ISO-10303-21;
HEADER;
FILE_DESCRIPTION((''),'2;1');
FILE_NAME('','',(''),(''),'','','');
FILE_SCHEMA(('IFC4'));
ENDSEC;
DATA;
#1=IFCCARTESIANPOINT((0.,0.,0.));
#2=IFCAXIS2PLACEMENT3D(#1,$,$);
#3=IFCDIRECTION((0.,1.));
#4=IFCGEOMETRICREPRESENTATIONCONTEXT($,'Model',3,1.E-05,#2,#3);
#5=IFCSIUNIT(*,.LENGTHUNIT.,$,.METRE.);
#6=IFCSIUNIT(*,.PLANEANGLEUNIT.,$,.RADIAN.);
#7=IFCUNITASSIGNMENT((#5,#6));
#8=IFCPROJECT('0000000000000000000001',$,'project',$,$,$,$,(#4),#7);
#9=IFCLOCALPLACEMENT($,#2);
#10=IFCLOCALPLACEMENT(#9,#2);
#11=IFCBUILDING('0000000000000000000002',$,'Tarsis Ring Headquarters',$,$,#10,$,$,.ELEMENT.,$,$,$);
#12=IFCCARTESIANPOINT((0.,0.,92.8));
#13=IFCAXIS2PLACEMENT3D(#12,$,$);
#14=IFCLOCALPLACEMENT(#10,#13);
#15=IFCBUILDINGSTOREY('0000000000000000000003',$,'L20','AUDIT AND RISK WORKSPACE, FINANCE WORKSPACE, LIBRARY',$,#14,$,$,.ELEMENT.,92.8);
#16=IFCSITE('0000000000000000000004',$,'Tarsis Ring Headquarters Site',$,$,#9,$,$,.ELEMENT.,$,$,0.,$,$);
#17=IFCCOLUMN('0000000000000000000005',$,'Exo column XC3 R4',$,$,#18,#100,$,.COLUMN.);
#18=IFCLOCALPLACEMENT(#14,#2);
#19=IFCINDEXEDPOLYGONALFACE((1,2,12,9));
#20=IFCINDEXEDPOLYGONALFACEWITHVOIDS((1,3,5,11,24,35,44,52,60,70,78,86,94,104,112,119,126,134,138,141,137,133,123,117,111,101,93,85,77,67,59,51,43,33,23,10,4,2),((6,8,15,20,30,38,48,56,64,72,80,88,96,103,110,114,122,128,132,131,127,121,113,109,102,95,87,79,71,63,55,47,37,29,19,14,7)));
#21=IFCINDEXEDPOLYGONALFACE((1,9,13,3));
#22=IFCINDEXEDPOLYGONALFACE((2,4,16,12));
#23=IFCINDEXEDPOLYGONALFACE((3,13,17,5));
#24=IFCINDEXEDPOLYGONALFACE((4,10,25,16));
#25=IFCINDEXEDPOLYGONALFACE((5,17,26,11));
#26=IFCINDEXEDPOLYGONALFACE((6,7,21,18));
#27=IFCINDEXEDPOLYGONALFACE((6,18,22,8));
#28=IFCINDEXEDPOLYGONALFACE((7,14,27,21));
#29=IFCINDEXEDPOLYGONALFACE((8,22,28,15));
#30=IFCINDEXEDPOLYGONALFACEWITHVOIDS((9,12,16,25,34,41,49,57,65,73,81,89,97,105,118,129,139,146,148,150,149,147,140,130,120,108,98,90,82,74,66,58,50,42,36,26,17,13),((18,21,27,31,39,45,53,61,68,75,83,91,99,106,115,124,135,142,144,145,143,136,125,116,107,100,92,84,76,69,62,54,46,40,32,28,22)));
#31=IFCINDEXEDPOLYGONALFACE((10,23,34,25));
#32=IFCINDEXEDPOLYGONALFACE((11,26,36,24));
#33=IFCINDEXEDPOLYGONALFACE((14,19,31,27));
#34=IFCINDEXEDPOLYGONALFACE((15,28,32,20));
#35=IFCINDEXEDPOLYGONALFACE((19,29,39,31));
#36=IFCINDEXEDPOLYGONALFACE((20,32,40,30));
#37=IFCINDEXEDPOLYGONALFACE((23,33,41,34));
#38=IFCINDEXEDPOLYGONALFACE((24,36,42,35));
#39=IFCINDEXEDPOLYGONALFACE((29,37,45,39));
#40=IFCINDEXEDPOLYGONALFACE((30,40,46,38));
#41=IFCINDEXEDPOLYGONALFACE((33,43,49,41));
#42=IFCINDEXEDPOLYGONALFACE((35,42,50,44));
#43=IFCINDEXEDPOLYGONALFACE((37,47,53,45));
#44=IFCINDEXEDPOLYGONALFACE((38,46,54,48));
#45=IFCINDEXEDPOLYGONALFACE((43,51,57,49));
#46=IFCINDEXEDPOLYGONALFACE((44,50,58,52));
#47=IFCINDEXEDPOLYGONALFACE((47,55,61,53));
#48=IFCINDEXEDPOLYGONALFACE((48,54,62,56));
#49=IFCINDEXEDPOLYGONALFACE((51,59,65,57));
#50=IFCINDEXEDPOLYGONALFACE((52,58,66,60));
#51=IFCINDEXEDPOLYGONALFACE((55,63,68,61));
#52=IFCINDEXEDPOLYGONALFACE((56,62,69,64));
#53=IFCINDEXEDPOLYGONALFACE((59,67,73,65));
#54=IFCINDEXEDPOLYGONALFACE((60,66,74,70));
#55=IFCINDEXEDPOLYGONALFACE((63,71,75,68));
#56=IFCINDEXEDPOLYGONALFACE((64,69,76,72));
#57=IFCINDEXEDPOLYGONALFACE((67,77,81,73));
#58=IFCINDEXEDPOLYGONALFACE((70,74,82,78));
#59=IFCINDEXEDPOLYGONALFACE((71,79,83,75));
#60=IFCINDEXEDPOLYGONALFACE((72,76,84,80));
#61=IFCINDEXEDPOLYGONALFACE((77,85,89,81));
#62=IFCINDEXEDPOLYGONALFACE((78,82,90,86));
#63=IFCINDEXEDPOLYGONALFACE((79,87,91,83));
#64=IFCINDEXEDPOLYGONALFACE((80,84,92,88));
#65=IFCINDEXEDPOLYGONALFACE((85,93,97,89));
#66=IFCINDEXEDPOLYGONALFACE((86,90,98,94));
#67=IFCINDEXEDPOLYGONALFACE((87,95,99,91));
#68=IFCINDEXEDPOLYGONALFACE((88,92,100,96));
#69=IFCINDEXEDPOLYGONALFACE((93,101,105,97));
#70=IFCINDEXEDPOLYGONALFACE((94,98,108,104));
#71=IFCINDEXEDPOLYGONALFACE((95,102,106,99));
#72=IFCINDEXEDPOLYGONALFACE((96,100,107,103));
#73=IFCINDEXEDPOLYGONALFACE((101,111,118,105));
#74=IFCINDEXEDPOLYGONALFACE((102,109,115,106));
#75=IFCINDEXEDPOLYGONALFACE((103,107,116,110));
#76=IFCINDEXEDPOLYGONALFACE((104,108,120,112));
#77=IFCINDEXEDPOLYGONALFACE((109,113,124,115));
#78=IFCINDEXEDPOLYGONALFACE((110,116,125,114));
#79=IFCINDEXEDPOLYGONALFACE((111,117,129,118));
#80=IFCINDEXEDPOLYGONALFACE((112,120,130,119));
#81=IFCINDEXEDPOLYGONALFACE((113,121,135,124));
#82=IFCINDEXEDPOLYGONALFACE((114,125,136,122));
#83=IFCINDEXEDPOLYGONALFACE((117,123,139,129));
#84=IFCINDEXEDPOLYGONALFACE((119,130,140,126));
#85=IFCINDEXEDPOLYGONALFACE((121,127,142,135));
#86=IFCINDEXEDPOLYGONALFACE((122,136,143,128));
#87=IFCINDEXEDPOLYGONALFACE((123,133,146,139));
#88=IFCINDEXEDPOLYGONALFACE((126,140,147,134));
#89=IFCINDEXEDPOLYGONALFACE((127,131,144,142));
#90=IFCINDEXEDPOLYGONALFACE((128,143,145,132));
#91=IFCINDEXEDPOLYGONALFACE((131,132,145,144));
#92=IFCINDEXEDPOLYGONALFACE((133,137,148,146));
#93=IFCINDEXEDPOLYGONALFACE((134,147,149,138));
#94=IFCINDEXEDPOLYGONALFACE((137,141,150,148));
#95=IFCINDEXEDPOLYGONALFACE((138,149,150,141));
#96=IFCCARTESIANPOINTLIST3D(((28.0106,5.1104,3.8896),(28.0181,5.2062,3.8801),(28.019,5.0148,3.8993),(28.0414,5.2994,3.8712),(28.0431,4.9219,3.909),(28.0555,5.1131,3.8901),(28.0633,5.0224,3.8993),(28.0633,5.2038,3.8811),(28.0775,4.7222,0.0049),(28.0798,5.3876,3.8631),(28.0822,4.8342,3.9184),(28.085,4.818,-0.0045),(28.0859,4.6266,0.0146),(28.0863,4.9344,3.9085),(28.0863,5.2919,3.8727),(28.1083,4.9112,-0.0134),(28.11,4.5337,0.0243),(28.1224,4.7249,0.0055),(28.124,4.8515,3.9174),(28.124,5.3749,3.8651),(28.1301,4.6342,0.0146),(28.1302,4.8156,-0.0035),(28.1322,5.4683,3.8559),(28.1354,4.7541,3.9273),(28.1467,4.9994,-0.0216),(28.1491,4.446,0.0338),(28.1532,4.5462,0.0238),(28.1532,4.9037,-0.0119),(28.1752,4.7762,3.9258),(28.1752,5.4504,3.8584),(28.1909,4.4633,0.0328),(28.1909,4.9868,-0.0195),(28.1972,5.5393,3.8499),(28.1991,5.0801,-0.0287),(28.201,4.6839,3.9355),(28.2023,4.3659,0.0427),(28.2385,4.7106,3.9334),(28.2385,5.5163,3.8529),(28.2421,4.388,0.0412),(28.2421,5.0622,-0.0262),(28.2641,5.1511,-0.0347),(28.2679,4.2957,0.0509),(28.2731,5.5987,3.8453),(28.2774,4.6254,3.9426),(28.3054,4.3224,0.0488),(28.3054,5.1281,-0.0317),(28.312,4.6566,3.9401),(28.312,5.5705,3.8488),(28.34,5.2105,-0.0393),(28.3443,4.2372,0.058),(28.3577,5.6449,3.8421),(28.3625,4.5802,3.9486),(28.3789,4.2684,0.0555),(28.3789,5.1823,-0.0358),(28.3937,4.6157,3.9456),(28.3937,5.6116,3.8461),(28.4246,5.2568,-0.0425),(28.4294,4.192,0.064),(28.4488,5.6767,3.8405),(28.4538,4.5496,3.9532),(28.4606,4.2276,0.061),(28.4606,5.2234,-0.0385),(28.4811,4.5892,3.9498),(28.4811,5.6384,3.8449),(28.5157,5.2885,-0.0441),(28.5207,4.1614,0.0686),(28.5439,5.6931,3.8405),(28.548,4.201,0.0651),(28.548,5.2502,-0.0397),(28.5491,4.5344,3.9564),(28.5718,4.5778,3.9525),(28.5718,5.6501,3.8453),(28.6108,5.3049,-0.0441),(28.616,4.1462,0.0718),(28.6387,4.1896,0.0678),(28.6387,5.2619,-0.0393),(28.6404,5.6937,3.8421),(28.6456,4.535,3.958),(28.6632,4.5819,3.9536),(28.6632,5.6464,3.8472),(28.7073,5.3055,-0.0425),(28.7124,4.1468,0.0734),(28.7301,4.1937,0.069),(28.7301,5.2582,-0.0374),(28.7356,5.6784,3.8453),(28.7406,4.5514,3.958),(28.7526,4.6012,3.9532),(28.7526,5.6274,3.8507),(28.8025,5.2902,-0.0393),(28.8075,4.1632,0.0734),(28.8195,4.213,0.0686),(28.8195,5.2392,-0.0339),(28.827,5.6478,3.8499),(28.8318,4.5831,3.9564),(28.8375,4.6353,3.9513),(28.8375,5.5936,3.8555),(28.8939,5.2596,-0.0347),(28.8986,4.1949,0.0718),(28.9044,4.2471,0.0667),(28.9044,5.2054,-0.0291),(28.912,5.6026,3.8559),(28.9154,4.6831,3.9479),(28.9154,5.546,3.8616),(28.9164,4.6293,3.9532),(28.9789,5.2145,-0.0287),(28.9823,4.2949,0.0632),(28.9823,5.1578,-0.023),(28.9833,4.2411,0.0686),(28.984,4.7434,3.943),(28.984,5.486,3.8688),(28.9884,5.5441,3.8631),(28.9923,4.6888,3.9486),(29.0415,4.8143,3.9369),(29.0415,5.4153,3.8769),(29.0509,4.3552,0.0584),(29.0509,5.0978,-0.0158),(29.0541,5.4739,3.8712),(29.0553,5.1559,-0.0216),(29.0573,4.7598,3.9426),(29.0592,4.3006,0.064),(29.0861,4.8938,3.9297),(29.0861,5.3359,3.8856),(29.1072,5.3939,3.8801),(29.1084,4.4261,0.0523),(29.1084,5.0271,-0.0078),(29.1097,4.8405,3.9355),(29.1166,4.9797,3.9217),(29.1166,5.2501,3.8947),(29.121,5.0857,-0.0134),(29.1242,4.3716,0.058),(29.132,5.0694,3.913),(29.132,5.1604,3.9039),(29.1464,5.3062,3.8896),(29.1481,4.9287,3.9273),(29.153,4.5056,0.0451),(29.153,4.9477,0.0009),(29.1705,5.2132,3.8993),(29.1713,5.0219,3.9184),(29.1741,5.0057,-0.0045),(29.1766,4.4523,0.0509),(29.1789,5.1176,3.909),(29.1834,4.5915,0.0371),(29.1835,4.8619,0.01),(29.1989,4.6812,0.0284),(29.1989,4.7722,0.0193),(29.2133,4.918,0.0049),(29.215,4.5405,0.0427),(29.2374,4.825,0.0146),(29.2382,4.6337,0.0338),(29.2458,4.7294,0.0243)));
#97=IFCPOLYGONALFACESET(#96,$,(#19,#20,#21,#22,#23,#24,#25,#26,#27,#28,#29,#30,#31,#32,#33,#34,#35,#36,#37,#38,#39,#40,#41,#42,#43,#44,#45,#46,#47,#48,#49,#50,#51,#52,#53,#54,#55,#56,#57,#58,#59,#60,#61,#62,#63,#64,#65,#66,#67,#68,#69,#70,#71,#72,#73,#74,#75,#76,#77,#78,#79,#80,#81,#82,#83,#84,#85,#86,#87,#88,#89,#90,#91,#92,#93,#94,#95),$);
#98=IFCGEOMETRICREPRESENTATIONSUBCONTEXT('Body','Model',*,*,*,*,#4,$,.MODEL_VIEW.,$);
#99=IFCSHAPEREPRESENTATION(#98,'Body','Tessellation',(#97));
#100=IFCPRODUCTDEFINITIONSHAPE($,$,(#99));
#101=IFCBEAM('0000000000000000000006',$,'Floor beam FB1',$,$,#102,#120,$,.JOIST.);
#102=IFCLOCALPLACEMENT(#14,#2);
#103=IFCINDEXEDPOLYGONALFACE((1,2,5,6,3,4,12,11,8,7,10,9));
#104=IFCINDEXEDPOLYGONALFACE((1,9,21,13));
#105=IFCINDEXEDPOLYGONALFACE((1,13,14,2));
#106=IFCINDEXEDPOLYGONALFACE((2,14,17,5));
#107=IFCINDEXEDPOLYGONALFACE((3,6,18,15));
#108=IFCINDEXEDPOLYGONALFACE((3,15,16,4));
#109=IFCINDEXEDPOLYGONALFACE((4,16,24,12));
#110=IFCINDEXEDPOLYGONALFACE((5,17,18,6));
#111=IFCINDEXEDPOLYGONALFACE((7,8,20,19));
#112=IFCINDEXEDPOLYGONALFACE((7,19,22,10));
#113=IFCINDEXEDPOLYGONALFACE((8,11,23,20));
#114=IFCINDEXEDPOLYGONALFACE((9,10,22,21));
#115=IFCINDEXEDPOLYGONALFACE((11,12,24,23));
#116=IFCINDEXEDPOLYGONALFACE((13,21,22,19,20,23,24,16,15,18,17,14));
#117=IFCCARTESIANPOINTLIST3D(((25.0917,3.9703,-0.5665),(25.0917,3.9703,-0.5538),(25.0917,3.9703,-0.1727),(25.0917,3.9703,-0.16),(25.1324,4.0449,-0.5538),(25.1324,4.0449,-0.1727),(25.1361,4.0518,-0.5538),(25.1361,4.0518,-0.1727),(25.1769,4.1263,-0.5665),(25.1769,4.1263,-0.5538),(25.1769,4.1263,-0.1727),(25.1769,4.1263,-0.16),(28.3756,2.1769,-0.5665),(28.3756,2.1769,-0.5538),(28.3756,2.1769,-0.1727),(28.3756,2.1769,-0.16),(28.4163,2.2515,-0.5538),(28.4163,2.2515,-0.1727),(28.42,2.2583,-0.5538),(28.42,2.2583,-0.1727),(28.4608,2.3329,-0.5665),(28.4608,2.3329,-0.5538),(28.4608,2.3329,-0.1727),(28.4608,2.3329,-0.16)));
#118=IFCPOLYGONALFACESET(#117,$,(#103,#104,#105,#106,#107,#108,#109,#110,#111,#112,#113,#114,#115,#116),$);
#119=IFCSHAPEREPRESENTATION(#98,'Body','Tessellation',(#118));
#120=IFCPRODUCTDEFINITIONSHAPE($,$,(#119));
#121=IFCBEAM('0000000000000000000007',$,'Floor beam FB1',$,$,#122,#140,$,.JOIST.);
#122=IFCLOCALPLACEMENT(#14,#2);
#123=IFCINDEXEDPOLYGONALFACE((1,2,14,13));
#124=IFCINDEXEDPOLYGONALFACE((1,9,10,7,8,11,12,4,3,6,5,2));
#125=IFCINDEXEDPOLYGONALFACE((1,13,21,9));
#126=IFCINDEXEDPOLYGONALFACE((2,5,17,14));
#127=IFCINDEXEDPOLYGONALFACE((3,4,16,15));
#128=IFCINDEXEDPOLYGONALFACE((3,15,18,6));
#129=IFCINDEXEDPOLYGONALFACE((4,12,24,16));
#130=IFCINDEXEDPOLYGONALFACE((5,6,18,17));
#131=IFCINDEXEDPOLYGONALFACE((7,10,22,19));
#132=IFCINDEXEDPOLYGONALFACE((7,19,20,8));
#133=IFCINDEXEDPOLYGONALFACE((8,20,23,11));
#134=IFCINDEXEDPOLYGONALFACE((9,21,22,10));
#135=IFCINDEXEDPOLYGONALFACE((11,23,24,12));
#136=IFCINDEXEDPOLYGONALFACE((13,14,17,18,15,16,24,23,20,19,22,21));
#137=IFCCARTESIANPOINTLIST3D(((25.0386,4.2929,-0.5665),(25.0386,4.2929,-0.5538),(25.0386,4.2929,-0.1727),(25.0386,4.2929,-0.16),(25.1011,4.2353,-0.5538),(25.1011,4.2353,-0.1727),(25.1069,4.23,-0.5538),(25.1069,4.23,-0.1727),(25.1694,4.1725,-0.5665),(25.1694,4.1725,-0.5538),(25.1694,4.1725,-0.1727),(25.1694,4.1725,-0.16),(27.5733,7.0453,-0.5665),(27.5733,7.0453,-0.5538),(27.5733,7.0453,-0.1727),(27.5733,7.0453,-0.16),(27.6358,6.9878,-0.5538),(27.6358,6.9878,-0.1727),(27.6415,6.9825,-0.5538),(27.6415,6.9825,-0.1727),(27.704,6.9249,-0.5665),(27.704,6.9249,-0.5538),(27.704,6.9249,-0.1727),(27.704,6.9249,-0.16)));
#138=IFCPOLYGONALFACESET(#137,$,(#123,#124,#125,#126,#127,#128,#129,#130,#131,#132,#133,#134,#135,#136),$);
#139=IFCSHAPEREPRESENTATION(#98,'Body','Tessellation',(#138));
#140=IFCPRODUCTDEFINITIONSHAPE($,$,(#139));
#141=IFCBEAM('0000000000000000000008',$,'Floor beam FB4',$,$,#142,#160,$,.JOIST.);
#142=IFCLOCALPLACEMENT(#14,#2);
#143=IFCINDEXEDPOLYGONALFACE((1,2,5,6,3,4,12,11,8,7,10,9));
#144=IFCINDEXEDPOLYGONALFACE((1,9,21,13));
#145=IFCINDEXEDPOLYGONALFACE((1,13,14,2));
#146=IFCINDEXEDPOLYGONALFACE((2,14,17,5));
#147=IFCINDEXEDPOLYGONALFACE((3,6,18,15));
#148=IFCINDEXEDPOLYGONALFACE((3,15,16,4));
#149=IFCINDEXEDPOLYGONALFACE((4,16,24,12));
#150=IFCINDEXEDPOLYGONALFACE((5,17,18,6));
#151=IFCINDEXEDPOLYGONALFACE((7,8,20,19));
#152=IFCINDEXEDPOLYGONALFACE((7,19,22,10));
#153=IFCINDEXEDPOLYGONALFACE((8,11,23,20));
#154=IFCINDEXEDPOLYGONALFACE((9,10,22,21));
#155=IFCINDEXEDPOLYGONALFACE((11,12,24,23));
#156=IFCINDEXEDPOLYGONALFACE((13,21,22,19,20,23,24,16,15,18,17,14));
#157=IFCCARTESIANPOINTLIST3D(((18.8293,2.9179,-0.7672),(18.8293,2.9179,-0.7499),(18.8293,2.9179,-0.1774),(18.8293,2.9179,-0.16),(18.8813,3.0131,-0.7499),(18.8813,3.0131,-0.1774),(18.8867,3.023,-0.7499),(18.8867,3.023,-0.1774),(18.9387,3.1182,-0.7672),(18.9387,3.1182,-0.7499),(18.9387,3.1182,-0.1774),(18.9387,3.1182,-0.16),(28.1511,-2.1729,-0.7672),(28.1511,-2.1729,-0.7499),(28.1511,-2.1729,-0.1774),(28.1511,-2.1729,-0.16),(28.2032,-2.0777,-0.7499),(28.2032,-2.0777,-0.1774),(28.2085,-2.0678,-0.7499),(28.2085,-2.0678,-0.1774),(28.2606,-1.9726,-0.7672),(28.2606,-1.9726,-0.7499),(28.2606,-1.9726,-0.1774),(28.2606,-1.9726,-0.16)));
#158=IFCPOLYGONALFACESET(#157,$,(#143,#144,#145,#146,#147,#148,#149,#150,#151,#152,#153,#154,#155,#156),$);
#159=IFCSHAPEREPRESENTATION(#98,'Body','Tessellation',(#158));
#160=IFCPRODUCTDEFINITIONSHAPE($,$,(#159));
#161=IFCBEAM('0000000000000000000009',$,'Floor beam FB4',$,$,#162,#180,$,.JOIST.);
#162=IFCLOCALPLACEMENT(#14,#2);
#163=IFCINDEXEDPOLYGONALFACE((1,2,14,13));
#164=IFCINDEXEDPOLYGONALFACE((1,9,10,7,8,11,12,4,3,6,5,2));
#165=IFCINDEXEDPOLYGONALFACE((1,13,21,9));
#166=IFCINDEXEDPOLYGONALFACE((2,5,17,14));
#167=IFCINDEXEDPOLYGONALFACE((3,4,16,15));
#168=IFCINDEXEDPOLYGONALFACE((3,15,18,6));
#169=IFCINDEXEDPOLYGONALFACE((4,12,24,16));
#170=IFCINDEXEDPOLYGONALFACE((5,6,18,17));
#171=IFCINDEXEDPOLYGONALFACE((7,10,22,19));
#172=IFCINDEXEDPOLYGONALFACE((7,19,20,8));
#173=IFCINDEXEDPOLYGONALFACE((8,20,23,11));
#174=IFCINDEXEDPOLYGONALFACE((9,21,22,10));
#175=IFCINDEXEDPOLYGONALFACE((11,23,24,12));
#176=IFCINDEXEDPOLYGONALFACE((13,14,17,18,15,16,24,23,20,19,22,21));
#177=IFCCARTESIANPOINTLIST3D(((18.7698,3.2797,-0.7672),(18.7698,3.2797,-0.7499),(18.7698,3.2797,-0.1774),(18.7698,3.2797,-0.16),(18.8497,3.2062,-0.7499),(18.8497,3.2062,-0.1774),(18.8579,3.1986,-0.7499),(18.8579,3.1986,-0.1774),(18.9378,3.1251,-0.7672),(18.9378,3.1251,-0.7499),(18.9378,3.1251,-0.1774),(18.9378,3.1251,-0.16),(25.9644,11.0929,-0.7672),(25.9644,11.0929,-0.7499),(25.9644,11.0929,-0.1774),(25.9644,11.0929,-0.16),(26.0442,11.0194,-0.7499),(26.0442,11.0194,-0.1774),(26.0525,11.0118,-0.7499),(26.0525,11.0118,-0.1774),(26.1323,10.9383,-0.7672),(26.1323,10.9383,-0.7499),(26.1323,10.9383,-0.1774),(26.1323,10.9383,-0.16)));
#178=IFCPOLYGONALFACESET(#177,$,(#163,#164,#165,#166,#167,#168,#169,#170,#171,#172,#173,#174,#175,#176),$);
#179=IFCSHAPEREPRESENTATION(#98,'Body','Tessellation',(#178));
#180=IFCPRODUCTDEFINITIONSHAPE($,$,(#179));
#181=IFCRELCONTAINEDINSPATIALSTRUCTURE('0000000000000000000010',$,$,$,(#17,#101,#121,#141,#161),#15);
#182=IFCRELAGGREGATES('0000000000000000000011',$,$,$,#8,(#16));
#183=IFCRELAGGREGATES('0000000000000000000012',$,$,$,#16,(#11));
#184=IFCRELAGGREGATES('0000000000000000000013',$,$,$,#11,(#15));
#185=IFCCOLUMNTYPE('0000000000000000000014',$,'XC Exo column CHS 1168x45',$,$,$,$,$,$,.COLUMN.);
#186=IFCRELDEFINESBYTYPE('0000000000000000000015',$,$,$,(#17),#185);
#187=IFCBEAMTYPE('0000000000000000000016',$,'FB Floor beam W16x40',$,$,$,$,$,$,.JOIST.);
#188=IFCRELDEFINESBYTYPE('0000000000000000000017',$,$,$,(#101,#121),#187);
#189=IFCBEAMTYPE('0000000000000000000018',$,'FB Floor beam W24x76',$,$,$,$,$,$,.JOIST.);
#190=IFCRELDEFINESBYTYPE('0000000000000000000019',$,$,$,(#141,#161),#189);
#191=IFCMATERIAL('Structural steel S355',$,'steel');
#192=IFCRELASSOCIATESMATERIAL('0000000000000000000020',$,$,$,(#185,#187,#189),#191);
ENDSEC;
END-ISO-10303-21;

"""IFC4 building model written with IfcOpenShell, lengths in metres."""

from ifc_helpers import new_model, si_unit, direction, frame, origin, origin_2d, place, context, subcontext, project, spatial, hollow_circle, i_section, extrude, material, material_profile, profile_set, type_object, element, save


model = new_model("IFC4")

# Units and contexts
model_context = context("Model", 3, precision=1e-05, world=origin(), true_north=direction((0.0, 1.0)))
body_context = subcontext(model_context, "Body", "Model", "MODEL_VIEW")
ifc_project = project(units=[si_unit("LENGTHUNIT", "METRE"), si_unit("PLANEANGLEUNIT", "RADIAN")], contexts=[model_context])

# Site, building, storey
site_placement = place(None, origin())
site = spatial("IfcSite", under=ifc_project, at=site_placement, Name="Tarsis Ring Headquarters Site", CompositionType="ELEMENT", RefElevation=0.0)
building_placement = place(site_placement, origin())
building = spatial("IfcBuilding", under=site, at=building_placement, Name="Tarsis Ring Headquarters", CompositionType="ELEMENT")
storey_placement = place(building_placement, frame((0.0, 0.0, 92.8)))
storey = spatial("IfcBuildingStorey", under=building, at=storey_placement, Name="L20", Description="AUDIT AND RISK WORKSPACE, FINANCE WORKSPACE, LIBRARY", CompositionType="ELEMENT", Elevation=92.8)

# Column
ifc_material_1 = material(Name="Structural steel S355", Category="steel")
ifc_material_profile_1 = material_profile(ifc_material_1, hollow_circle(Radius=0.5842, WallThickness=0.0449, at=origin_2d()), Name="CHS 1168x45")
ifc_profile_set_1 = profile_set([ifc_material_profile_1], Name="Structural steel S355")
column_type = type_object("IfcColumnType", Name="XC Exo column CHS 1168x45", PredefinedType="COLUMN", material=ifc_profile_set_1)
column_placement = place(storey_placement, frame((28.6616, 4.7258, 0.0146), z_axis=(-0.017133, 0.099421, 0.994898), x_axis=(-0.985474, -0.169824, 0.0)))
element("IfcColumn", 1, at=column_placement, inside=storey, type_object=column_type, Name="Exo column XC3 R4", PredefinedType="COLUMN", context=body_context, shape_type="SweptSolid", body=[
    extrude(hollow_circle(Radius=0.5842, WallThickness=0.0449, at=origin_2d()), origin(), (0.0, 0.0, 1.0), 3.9045),
])

# Beams
ifc_material_profile_2 = material_profile(ifc_material_1, i_section(OverallWidth=0.1777, OverallDepth=0.4065, WebThickness=0.0078, FlangeThickness=0.0127, at=origin_2d()), Name="W16x40")
ifc_profile_set_2 = profile_set([ifc_material_profile_2], Name="Structural steel S355")
beam_type_1 = type_object("IfcBeamType", Name="FB Floor beam W16x40", PredefinedType="JOIST", material=ifc_profile_set_2)
for number, where, z_axis, x_axis, name in (
    (2, (25.1343, 4.0483, -0.3633), (0.877646, -0.479309, 0.0), (0.479309, 0.877646, 0.0), "Floor beam FB1"),
    (3, (27.6387, 6.9851, -0.3633), (-0.677407, -0.735608, 0.0), (0.735608, -0.677407, 0.0), "Floor beam FB1"),
):
    element("IfcBeam", number, at=place(storey_placement, frame(where, z_axis=z_axis, x_axis=x_axis)), inside=storey, type_object=beam_type_1, Name=name, PredefinedType="JOIST", context=body_context, shape_type="SweptSolid", body=[
        extrude(i_section(OverallWidth=0.1777, OverallDepth=0.4065, WebThickness=0.0078, FlangeThickness=0.0127, at=origin_2d()), origin(), (0.0, 0.0, 1.0), 3.7417),
    ])
ifc_material_profile_3 = material_profile(ifc_material_1, i_section(OverallWidth=0.2283, OverallDepth=0.6072, WebThickness=0.0112, FlangeThickness=0.0173, at=origin_2d()), Name="W24x76")
ifc_profile_set_3 = profile_set([ifc_material_profile_3], Name="Structural steel S355")
beam_type_2 = type_object("IfcBeamType", Name="FB Floor beam W24x76", PredefinedType="JOIST", material=ifc_profile_set_3)
beam_1_placement = place(storey_placement, frame((18.884, 3.0181, -0.4636), z_axis=(0.877649, -0.479303, 0.0), x_axis=(0.479303, 0.877649, 0.0)))
element("IfcBeam", 4, at=beam_1_placement, inside=storey, type_object=beam_type_2, Name="Floor beam FB4", PredefinedType="JOIST", context=body_context, shape_type="SweptSolid", body=[
    extrude(i_section(OverallWidth=0.2283, OverallDepth=0.6072, WebThickness=0.0112, FlangeThickness=0.0173, at=origin_2d()), origin(), (0.0, 0.0, 1.0), 10.6213),
])
beam_2_placement = place(storey_placement, frame((26.0483, 11.0156, -0.4636), z_axis=(-0.677383, -0.73563, 0.0), x_axis=(0.73563, -0.677383, 0.0)))
element("IfcBeam", 5, at=beam_2_placement, inside=storey, type_object=beam_type_2, Name="Floor beam FB4", PredefinedType="JOIST", context=body_context, shape_type="SweptSolid", body=[
    extrude(i_section(OverallWidth=0.2283, OverallDepth=0.6072, WebThickness=0.0112, FlangeThickness=0.0173, at=origin_2d()), origin(), (0.0, 0.0, 1.0), 10.6211),
])

save(model, "model.ifc")
